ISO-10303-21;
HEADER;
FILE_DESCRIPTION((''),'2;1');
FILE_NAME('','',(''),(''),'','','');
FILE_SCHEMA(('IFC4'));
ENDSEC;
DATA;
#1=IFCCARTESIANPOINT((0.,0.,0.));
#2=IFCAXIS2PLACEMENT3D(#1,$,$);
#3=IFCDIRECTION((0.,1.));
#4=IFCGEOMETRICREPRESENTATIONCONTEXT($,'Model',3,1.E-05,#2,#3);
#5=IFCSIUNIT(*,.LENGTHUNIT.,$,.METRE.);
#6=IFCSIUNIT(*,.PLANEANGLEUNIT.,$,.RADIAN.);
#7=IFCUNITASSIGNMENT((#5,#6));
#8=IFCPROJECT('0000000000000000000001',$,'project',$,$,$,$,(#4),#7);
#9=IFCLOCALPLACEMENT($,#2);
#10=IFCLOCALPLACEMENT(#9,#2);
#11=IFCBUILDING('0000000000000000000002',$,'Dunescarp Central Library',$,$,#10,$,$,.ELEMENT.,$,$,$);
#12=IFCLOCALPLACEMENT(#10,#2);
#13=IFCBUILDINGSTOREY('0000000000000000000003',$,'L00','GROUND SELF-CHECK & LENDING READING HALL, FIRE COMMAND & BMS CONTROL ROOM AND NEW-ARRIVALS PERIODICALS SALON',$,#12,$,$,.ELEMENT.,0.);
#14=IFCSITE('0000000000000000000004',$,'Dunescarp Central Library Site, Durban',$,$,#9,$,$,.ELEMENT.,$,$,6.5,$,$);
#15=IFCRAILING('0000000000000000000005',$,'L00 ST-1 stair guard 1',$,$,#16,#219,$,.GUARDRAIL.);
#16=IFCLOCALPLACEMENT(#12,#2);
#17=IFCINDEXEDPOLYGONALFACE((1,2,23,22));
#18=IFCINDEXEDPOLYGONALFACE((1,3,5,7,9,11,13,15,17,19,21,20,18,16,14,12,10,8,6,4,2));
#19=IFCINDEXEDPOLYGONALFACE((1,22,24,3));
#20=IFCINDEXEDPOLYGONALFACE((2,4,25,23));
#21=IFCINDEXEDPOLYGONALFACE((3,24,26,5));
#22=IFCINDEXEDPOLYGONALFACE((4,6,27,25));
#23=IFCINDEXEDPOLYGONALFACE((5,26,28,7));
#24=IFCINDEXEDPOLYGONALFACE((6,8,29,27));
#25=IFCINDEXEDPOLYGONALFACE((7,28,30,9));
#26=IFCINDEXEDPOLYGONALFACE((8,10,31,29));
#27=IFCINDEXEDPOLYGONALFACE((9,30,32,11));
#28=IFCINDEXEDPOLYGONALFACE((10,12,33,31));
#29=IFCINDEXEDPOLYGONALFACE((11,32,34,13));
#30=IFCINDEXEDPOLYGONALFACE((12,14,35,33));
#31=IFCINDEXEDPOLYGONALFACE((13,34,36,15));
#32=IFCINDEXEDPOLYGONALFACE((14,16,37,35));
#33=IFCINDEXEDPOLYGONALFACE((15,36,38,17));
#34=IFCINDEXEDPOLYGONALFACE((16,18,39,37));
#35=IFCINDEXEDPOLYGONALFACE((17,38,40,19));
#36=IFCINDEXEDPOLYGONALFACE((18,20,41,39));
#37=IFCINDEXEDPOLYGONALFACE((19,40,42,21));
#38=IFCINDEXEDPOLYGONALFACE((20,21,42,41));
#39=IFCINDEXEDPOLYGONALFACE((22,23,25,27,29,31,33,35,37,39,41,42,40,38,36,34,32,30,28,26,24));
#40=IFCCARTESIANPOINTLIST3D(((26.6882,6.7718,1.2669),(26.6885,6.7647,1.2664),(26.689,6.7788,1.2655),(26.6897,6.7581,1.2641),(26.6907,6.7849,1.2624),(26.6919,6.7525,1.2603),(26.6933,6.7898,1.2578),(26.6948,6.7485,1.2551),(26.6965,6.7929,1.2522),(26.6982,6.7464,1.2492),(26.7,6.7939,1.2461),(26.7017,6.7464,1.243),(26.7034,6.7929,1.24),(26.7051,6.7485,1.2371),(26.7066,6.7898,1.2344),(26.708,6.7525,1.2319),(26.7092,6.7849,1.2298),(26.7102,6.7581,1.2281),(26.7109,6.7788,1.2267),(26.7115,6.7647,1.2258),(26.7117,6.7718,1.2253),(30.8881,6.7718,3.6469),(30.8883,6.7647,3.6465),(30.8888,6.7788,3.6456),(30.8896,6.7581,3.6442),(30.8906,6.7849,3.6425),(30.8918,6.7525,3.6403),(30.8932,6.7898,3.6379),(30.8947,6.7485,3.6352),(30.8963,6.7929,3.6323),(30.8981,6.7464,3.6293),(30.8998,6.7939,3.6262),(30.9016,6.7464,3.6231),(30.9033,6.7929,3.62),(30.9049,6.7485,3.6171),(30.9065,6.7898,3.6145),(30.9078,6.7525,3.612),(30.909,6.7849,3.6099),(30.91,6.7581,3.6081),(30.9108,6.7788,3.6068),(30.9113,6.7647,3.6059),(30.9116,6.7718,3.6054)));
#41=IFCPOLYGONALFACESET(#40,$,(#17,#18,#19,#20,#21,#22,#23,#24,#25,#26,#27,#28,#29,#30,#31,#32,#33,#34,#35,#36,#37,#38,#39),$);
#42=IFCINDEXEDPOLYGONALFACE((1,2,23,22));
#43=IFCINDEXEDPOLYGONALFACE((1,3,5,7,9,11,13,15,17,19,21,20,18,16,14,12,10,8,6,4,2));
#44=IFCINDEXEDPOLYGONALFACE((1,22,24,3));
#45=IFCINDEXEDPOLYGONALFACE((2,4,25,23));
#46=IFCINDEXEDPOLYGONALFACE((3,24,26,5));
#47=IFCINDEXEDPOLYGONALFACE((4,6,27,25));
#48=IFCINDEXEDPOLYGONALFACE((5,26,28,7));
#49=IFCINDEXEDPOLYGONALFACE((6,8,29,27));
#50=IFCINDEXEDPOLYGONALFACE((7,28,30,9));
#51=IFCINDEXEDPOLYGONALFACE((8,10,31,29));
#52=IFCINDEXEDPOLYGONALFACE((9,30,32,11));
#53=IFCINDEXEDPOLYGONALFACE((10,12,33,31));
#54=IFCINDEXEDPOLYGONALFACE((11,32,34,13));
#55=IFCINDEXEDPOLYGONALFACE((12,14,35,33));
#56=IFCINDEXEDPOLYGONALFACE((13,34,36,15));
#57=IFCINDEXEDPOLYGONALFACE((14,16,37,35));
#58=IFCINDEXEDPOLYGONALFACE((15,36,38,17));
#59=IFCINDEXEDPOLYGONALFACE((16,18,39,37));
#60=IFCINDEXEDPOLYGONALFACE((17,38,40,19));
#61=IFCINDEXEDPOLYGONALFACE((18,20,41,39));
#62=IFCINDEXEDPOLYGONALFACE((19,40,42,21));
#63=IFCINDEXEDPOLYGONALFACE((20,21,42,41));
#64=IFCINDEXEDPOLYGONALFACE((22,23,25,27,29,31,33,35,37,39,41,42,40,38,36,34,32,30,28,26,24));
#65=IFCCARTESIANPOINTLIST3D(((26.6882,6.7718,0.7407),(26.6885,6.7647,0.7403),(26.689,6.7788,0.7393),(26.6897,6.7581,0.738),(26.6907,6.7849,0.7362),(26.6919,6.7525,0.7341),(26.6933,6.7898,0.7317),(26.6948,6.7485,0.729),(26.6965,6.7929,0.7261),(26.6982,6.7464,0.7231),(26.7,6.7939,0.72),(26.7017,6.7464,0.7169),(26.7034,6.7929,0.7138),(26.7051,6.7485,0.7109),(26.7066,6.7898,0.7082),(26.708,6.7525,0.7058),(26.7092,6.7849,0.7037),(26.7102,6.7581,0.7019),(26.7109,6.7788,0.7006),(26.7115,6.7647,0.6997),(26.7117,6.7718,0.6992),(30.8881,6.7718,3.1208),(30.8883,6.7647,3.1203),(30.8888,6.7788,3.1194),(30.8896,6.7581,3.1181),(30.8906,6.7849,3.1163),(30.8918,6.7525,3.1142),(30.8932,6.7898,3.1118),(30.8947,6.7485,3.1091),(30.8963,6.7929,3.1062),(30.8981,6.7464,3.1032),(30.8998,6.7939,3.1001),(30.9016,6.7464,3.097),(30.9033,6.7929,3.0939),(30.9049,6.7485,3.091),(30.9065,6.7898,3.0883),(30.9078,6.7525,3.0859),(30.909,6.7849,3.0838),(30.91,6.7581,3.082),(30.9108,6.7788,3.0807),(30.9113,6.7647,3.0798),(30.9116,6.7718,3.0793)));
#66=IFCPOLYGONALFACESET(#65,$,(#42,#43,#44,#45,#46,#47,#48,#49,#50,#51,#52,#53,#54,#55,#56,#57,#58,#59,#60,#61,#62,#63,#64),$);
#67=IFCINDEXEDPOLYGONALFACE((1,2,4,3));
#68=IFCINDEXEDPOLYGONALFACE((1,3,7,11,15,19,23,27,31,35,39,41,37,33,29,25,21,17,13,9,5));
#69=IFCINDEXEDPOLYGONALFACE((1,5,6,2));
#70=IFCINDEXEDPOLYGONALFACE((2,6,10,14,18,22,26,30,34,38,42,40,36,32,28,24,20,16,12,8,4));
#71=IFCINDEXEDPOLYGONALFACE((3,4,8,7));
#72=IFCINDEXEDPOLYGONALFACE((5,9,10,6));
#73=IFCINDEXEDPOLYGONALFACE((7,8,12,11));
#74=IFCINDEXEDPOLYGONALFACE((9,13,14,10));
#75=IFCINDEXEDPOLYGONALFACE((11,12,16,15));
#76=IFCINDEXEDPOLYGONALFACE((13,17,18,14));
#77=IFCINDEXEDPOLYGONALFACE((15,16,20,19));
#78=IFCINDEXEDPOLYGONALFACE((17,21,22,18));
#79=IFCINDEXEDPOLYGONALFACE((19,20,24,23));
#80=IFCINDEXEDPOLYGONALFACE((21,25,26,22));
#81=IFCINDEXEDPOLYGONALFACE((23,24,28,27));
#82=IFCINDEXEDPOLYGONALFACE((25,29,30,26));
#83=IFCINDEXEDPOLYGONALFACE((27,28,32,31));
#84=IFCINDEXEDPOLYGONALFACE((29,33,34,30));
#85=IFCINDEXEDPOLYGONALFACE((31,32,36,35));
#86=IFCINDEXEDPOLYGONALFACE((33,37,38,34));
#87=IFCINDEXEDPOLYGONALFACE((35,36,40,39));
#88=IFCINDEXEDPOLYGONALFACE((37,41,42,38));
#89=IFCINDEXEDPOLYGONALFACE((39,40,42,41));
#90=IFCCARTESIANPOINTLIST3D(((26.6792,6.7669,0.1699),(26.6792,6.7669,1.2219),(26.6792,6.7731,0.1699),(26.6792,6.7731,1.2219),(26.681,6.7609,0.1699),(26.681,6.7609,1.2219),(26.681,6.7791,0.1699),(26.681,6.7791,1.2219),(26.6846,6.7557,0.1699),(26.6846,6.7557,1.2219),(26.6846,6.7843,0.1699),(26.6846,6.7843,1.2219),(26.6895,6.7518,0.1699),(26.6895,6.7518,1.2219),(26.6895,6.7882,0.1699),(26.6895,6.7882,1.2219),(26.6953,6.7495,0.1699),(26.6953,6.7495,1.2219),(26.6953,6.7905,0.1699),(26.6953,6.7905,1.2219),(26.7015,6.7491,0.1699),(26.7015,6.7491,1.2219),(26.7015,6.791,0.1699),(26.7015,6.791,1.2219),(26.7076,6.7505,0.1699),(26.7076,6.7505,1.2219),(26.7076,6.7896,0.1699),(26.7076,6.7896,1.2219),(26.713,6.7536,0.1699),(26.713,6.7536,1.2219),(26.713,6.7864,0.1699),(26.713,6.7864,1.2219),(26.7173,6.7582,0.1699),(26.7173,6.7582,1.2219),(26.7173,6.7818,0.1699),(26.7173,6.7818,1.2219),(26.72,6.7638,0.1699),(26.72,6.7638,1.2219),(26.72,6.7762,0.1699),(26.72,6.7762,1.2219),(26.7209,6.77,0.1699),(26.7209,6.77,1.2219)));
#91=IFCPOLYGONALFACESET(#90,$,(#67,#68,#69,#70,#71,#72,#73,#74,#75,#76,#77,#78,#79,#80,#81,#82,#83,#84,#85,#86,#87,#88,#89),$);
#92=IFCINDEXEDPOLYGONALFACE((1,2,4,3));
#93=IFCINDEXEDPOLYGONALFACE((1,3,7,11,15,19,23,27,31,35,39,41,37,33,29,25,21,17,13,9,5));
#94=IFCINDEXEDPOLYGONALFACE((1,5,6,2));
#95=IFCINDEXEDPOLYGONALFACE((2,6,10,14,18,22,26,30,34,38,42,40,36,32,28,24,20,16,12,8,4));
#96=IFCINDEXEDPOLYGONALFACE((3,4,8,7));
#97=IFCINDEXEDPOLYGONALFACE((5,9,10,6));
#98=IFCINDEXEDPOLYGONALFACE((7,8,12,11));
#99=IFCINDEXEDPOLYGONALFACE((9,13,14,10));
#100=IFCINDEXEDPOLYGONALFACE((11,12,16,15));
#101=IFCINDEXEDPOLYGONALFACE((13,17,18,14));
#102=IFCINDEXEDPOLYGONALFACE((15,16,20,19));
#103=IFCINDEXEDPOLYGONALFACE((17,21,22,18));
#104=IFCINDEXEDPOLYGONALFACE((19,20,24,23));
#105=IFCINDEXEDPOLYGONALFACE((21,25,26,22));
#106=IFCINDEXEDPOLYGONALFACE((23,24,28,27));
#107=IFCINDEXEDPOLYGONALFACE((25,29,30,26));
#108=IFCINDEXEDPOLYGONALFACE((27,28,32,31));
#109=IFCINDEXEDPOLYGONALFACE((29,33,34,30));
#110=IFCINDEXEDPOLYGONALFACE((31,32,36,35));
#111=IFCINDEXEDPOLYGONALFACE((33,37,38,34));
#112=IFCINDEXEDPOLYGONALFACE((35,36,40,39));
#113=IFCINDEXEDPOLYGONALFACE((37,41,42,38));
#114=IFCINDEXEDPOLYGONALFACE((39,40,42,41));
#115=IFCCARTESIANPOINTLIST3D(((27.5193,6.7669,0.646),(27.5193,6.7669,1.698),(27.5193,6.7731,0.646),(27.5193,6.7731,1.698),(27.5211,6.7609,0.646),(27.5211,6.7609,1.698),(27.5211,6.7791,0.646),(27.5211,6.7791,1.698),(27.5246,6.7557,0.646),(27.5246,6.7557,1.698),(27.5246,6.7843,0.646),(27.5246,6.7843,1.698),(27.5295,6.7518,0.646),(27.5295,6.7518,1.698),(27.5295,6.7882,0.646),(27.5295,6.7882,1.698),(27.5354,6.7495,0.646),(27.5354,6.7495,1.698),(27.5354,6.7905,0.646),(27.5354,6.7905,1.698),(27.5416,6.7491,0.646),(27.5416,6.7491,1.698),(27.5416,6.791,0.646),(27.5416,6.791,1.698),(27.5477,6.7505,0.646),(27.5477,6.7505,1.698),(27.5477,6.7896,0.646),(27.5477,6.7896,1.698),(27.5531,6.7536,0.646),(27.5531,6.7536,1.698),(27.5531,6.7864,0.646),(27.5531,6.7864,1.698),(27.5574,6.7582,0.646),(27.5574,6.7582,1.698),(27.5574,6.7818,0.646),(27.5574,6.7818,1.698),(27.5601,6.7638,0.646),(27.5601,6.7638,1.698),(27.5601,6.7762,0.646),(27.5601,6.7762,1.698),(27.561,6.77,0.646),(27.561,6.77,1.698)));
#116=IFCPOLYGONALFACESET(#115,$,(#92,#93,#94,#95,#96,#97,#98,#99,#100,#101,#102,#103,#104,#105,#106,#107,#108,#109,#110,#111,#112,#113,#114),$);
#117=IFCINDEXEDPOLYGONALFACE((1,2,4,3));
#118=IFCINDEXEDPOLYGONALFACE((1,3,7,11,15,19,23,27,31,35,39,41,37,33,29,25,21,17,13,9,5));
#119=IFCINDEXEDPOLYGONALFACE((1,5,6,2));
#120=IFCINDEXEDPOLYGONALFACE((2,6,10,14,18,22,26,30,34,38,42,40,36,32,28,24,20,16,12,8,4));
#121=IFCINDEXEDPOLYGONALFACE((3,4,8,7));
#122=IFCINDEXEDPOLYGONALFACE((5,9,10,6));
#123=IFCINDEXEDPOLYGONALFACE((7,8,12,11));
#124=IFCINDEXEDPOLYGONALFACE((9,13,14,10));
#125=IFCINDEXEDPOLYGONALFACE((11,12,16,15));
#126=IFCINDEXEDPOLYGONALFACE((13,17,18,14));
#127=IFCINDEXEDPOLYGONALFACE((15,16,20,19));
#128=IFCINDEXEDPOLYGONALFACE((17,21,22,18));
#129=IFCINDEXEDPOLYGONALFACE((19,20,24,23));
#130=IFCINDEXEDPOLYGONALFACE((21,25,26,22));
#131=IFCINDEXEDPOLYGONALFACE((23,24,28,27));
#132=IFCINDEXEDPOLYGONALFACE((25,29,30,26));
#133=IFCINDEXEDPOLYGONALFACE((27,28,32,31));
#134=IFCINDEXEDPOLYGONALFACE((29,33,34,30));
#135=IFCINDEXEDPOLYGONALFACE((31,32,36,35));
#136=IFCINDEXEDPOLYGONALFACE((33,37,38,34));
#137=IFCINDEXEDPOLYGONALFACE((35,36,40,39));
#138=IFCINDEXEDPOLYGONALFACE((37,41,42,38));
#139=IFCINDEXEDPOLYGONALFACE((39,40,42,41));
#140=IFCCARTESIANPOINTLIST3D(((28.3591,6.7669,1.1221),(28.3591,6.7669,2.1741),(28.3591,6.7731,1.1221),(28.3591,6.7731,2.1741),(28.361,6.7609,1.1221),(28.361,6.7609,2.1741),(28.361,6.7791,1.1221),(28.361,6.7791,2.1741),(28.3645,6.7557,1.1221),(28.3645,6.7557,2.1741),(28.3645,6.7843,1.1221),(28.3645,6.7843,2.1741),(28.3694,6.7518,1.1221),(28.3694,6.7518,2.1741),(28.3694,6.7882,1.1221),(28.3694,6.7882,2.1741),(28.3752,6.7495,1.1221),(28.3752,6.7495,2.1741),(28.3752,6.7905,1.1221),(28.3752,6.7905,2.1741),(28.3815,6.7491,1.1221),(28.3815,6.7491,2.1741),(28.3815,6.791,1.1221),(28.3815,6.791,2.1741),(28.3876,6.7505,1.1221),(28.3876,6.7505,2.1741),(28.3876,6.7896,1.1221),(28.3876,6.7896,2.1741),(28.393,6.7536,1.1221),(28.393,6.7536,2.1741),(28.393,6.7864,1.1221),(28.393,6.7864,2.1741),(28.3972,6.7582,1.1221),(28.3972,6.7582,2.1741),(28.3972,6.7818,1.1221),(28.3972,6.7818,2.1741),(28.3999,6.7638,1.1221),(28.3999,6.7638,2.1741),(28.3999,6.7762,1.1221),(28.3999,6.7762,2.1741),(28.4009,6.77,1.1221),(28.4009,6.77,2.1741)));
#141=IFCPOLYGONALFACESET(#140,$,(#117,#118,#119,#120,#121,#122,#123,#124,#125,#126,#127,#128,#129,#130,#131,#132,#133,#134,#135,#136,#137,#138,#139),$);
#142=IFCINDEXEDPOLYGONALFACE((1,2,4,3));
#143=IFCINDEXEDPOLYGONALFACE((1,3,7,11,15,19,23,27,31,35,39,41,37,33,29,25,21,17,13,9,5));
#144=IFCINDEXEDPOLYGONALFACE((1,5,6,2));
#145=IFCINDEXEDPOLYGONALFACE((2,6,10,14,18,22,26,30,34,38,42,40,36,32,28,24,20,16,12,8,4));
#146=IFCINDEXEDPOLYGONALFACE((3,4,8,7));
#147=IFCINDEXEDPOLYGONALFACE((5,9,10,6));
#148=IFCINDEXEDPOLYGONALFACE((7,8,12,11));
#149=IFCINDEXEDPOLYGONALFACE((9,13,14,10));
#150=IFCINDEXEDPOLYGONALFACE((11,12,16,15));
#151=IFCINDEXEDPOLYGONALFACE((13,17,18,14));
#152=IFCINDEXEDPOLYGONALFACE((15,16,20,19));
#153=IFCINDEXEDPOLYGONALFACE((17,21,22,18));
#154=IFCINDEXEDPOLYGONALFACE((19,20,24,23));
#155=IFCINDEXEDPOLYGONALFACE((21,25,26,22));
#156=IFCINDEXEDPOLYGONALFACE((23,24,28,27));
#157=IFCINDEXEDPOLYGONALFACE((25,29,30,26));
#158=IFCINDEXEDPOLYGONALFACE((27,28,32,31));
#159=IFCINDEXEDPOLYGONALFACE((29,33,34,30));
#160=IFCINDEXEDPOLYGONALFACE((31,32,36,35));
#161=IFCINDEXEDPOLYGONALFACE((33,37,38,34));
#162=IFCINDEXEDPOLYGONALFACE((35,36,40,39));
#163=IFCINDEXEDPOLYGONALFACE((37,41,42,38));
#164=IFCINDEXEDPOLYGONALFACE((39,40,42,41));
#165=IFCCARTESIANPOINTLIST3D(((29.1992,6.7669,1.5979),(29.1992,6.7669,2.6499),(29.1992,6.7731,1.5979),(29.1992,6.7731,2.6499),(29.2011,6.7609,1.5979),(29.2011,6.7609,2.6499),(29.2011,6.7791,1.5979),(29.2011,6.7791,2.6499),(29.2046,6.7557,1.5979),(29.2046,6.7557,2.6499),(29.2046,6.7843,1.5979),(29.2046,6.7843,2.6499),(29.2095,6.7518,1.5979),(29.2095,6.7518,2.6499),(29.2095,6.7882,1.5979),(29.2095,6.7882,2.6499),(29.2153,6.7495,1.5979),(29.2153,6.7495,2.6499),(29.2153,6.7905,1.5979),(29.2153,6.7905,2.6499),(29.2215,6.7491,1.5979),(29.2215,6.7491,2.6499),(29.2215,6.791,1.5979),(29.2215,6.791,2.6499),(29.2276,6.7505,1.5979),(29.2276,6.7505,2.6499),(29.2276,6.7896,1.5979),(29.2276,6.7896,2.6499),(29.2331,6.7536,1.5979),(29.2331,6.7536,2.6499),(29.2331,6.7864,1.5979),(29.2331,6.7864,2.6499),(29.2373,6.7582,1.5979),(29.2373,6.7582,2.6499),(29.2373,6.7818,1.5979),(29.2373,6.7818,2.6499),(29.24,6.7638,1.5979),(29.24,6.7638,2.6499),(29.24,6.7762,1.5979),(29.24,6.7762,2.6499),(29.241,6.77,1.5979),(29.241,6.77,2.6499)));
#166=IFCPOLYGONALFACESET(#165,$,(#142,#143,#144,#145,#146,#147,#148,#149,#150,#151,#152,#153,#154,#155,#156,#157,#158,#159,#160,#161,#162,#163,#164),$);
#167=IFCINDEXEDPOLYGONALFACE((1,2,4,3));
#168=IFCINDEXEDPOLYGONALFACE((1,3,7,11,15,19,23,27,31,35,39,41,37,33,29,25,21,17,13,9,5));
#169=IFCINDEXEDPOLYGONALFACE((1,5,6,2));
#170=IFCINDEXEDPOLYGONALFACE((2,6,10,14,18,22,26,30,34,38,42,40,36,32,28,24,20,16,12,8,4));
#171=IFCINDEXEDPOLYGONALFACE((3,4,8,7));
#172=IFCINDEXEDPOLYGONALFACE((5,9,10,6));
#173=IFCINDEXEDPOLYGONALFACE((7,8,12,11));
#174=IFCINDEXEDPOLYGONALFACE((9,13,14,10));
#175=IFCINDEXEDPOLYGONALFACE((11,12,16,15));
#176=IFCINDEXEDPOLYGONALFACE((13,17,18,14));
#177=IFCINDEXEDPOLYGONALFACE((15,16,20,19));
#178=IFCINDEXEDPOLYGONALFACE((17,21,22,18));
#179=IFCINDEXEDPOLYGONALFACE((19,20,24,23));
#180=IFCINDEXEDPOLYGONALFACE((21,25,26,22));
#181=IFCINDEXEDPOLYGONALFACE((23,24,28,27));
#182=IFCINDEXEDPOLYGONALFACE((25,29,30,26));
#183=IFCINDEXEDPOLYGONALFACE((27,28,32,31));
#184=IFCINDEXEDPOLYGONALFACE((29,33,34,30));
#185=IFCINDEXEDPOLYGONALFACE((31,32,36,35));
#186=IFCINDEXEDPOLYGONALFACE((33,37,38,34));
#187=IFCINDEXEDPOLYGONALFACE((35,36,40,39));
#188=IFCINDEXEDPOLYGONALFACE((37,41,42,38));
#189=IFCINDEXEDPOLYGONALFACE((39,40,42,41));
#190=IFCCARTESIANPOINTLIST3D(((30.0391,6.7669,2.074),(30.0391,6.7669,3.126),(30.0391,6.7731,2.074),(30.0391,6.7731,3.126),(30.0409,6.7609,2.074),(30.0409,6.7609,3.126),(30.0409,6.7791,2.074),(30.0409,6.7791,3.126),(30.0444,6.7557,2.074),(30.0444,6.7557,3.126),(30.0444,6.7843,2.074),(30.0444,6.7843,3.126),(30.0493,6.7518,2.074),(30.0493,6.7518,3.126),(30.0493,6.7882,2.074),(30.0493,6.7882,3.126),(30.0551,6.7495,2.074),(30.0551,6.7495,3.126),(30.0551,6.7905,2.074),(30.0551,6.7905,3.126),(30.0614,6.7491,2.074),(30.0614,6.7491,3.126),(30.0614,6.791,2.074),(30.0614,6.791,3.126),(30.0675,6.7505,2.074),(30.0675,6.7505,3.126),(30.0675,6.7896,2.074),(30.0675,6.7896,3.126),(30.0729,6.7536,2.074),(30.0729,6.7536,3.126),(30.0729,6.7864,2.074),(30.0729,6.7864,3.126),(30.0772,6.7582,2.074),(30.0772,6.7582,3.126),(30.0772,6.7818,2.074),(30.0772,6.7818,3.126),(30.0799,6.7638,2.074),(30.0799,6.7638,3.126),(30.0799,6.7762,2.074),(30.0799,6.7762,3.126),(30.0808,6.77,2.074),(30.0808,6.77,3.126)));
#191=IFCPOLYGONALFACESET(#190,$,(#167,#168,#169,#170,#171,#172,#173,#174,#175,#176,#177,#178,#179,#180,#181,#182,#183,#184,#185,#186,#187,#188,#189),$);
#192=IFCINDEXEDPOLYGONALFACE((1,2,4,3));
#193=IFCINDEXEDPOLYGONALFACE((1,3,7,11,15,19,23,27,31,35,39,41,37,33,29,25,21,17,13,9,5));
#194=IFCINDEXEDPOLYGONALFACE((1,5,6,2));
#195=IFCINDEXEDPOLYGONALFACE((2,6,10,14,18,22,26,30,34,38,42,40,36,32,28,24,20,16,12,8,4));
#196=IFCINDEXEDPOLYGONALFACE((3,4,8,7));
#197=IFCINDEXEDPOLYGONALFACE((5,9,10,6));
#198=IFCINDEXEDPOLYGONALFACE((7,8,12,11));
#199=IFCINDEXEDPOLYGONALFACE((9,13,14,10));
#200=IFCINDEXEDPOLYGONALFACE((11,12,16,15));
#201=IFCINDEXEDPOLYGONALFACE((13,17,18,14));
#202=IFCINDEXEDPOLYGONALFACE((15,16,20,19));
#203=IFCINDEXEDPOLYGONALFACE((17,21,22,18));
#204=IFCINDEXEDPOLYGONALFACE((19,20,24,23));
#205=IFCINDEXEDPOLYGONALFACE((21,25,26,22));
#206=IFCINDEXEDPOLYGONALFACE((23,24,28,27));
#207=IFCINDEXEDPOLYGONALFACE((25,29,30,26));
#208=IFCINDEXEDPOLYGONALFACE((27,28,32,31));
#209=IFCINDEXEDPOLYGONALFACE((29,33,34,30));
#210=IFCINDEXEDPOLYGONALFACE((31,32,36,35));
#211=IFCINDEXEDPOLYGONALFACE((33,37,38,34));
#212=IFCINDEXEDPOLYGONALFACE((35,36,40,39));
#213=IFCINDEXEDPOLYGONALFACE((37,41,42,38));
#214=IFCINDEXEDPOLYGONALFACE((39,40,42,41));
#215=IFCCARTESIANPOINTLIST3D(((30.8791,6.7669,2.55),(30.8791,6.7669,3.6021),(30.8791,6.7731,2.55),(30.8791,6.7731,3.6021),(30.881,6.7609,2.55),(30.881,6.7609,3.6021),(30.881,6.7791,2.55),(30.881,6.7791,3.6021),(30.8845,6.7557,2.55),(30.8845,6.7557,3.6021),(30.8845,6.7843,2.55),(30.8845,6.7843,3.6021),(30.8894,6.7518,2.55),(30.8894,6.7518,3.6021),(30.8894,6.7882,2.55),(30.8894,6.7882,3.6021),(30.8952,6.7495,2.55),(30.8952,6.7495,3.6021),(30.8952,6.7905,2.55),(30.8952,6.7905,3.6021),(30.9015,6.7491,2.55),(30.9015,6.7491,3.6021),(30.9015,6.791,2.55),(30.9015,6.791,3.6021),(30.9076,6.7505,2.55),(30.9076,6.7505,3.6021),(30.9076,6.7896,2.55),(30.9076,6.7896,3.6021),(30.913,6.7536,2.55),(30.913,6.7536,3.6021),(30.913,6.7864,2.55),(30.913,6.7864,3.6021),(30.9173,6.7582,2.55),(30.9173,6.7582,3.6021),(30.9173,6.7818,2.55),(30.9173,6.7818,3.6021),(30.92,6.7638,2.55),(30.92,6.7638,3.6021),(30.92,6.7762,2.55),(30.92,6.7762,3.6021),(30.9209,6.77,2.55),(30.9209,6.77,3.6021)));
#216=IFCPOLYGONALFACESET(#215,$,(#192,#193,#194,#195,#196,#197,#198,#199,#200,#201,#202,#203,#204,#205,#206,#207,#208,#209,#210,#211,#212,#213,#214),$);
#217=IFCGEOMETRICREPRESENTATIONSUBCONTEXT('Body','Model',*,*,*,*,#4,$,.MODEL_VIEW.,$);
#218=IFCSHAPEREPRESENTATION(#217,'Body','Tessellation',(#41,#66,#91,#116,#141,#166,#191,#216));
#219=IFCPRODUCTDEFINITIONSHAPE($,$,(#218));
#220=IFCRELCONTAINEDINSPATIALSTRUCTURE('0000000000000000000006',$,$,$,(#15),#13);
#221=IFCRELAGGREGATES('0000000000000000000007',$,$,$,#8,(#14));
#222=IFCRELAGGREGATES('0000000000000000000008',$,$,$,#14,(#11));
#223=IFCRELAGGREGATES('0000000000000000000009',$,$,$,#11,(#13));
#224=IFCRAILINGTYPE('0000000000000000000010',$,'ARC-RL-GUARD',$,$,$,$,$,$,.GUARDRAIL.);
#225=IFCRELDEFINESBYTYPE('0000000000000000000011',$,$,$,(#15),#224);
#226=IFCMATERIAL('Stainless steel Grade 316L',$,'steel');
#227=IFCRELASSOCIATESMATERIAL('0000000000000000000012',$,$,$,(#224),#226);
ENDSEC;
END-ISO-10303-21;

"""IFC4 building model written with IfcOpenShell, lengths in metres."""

from ifc_helpers import new_model, si_unit, direction, frame, origin, origin_2d, place, context, subcontext, project, spatial, circle, extrude, material, type_object, element, save


model = new_model("IFC4")

# Units and contexts
model_context = context("Model", 3, precision=1e-05, world=origin(), true_north=direction((0.0, 1.0)))
body_context = subcontext(model_context, "Body", "Model", "MODEL_VIEW")
ifc_project = project(units=[si_unit("LENGTHUNIT", "METRE"), si_unit("PLANEANGLEUNIT", "RADIAN")], contexts=[model_context])

# Site, building, storey
site_placement = place(None, origin())
site = spatial("IfcSite", under=ifc_project, at=site_placement, Name="Dunescarp Central Library Site, Durban", CompositionType="ELEMENT", RefElevation=6.5)
building_placement = place(site_placement, origin())
building = spatial("IfcBuilding", under=site, at=building_placement, Name="Dunescarp Central Library", CompositionType="ELEMENT")
storey_placement = place(building_placement, origin())
storey = spatial("IfcBuildingStorey", under=building, at=storey_placement, Name="L00", Description="GROUND SELF-CHECK & LENDING READING HALL, FIRE COMMAND & BMS CONTROL ROOM AND NEW-ARRIVALS PERIODICALS SALON", CompositionType="ELEMENT", Elevation=0.0)

# Railing
ifc_material_1 = material(Name="Stainless steel Grade 316L", Category="steel")
railing_type_1 = type_object("IfcRailingType", Name="ARC-RL-GUARD", PredefinedType="GUARDRAIL", material=ifc_material_1)
railing_1_placement = place(storey_placement, frame((26.7, 6.77, 0.1699)))
element("IfcRailing", 1, at=railing_1_placement, inside=storey, type_object=railing_type_1, Name="L00 ST-1 stair guard 1", PredefinedType="GUARDRAIL", context=body_context, shape_type="SweptSolid", body=[
    extrude(circle(Radius=0.0239, at=origin_2d()), frame((0.0, 0.0, 1.0762), z_axis=(0.870008, 0.0, 0.493037), x_axis=(0.0, 1.0, 0.0)), (0.0, 0.0, 1.0), 4.8274),
    extrude(circle(Radius=0.0239, at=origin_2d()), frame((0.0, 0.0, 0.55), z_axis=(0.870008, 0.0, 0.493037), x_axis=(0.0, 1.0, 0.0)), (0.0, 0.0, 1.0), 4.8274),
    extrude(circle(Radius=0.021, at=origin_2d()), origin(), (0.0, 0.0, 1.0), 1.052),
    extrude(circle(Radius=0.021, at=origin_2d()), frame((0.8401, 0.0, 0.4761)), (0.0, 0.0, 1.0), 1.052),
    extrude(circle(Radius=0.021, at=origin_2d()), frame((1.6799, 0.0, 0.9521)), (0.0, 0.0, 1.0), 1.052),
    extrude(circle(Radius=0.021, at=origin_2d()), frame((2.52, 0.0, 1.428)), (0.0, 0.0, 1.0), 1.052),
    extrude(circle(Radius=0.021, at=origin_2d()), frame((3.3599, 0.0, 1.9041)), (0.0, 0.0, 1.0), 1.052),
    extrude(circle(Radius=0.021, at=origin_2d()), frame((4.2, 0.0, 2.3801)), (0.0, 0.0, 1.0), 1.052),
])

save(model, "model.ifc")
